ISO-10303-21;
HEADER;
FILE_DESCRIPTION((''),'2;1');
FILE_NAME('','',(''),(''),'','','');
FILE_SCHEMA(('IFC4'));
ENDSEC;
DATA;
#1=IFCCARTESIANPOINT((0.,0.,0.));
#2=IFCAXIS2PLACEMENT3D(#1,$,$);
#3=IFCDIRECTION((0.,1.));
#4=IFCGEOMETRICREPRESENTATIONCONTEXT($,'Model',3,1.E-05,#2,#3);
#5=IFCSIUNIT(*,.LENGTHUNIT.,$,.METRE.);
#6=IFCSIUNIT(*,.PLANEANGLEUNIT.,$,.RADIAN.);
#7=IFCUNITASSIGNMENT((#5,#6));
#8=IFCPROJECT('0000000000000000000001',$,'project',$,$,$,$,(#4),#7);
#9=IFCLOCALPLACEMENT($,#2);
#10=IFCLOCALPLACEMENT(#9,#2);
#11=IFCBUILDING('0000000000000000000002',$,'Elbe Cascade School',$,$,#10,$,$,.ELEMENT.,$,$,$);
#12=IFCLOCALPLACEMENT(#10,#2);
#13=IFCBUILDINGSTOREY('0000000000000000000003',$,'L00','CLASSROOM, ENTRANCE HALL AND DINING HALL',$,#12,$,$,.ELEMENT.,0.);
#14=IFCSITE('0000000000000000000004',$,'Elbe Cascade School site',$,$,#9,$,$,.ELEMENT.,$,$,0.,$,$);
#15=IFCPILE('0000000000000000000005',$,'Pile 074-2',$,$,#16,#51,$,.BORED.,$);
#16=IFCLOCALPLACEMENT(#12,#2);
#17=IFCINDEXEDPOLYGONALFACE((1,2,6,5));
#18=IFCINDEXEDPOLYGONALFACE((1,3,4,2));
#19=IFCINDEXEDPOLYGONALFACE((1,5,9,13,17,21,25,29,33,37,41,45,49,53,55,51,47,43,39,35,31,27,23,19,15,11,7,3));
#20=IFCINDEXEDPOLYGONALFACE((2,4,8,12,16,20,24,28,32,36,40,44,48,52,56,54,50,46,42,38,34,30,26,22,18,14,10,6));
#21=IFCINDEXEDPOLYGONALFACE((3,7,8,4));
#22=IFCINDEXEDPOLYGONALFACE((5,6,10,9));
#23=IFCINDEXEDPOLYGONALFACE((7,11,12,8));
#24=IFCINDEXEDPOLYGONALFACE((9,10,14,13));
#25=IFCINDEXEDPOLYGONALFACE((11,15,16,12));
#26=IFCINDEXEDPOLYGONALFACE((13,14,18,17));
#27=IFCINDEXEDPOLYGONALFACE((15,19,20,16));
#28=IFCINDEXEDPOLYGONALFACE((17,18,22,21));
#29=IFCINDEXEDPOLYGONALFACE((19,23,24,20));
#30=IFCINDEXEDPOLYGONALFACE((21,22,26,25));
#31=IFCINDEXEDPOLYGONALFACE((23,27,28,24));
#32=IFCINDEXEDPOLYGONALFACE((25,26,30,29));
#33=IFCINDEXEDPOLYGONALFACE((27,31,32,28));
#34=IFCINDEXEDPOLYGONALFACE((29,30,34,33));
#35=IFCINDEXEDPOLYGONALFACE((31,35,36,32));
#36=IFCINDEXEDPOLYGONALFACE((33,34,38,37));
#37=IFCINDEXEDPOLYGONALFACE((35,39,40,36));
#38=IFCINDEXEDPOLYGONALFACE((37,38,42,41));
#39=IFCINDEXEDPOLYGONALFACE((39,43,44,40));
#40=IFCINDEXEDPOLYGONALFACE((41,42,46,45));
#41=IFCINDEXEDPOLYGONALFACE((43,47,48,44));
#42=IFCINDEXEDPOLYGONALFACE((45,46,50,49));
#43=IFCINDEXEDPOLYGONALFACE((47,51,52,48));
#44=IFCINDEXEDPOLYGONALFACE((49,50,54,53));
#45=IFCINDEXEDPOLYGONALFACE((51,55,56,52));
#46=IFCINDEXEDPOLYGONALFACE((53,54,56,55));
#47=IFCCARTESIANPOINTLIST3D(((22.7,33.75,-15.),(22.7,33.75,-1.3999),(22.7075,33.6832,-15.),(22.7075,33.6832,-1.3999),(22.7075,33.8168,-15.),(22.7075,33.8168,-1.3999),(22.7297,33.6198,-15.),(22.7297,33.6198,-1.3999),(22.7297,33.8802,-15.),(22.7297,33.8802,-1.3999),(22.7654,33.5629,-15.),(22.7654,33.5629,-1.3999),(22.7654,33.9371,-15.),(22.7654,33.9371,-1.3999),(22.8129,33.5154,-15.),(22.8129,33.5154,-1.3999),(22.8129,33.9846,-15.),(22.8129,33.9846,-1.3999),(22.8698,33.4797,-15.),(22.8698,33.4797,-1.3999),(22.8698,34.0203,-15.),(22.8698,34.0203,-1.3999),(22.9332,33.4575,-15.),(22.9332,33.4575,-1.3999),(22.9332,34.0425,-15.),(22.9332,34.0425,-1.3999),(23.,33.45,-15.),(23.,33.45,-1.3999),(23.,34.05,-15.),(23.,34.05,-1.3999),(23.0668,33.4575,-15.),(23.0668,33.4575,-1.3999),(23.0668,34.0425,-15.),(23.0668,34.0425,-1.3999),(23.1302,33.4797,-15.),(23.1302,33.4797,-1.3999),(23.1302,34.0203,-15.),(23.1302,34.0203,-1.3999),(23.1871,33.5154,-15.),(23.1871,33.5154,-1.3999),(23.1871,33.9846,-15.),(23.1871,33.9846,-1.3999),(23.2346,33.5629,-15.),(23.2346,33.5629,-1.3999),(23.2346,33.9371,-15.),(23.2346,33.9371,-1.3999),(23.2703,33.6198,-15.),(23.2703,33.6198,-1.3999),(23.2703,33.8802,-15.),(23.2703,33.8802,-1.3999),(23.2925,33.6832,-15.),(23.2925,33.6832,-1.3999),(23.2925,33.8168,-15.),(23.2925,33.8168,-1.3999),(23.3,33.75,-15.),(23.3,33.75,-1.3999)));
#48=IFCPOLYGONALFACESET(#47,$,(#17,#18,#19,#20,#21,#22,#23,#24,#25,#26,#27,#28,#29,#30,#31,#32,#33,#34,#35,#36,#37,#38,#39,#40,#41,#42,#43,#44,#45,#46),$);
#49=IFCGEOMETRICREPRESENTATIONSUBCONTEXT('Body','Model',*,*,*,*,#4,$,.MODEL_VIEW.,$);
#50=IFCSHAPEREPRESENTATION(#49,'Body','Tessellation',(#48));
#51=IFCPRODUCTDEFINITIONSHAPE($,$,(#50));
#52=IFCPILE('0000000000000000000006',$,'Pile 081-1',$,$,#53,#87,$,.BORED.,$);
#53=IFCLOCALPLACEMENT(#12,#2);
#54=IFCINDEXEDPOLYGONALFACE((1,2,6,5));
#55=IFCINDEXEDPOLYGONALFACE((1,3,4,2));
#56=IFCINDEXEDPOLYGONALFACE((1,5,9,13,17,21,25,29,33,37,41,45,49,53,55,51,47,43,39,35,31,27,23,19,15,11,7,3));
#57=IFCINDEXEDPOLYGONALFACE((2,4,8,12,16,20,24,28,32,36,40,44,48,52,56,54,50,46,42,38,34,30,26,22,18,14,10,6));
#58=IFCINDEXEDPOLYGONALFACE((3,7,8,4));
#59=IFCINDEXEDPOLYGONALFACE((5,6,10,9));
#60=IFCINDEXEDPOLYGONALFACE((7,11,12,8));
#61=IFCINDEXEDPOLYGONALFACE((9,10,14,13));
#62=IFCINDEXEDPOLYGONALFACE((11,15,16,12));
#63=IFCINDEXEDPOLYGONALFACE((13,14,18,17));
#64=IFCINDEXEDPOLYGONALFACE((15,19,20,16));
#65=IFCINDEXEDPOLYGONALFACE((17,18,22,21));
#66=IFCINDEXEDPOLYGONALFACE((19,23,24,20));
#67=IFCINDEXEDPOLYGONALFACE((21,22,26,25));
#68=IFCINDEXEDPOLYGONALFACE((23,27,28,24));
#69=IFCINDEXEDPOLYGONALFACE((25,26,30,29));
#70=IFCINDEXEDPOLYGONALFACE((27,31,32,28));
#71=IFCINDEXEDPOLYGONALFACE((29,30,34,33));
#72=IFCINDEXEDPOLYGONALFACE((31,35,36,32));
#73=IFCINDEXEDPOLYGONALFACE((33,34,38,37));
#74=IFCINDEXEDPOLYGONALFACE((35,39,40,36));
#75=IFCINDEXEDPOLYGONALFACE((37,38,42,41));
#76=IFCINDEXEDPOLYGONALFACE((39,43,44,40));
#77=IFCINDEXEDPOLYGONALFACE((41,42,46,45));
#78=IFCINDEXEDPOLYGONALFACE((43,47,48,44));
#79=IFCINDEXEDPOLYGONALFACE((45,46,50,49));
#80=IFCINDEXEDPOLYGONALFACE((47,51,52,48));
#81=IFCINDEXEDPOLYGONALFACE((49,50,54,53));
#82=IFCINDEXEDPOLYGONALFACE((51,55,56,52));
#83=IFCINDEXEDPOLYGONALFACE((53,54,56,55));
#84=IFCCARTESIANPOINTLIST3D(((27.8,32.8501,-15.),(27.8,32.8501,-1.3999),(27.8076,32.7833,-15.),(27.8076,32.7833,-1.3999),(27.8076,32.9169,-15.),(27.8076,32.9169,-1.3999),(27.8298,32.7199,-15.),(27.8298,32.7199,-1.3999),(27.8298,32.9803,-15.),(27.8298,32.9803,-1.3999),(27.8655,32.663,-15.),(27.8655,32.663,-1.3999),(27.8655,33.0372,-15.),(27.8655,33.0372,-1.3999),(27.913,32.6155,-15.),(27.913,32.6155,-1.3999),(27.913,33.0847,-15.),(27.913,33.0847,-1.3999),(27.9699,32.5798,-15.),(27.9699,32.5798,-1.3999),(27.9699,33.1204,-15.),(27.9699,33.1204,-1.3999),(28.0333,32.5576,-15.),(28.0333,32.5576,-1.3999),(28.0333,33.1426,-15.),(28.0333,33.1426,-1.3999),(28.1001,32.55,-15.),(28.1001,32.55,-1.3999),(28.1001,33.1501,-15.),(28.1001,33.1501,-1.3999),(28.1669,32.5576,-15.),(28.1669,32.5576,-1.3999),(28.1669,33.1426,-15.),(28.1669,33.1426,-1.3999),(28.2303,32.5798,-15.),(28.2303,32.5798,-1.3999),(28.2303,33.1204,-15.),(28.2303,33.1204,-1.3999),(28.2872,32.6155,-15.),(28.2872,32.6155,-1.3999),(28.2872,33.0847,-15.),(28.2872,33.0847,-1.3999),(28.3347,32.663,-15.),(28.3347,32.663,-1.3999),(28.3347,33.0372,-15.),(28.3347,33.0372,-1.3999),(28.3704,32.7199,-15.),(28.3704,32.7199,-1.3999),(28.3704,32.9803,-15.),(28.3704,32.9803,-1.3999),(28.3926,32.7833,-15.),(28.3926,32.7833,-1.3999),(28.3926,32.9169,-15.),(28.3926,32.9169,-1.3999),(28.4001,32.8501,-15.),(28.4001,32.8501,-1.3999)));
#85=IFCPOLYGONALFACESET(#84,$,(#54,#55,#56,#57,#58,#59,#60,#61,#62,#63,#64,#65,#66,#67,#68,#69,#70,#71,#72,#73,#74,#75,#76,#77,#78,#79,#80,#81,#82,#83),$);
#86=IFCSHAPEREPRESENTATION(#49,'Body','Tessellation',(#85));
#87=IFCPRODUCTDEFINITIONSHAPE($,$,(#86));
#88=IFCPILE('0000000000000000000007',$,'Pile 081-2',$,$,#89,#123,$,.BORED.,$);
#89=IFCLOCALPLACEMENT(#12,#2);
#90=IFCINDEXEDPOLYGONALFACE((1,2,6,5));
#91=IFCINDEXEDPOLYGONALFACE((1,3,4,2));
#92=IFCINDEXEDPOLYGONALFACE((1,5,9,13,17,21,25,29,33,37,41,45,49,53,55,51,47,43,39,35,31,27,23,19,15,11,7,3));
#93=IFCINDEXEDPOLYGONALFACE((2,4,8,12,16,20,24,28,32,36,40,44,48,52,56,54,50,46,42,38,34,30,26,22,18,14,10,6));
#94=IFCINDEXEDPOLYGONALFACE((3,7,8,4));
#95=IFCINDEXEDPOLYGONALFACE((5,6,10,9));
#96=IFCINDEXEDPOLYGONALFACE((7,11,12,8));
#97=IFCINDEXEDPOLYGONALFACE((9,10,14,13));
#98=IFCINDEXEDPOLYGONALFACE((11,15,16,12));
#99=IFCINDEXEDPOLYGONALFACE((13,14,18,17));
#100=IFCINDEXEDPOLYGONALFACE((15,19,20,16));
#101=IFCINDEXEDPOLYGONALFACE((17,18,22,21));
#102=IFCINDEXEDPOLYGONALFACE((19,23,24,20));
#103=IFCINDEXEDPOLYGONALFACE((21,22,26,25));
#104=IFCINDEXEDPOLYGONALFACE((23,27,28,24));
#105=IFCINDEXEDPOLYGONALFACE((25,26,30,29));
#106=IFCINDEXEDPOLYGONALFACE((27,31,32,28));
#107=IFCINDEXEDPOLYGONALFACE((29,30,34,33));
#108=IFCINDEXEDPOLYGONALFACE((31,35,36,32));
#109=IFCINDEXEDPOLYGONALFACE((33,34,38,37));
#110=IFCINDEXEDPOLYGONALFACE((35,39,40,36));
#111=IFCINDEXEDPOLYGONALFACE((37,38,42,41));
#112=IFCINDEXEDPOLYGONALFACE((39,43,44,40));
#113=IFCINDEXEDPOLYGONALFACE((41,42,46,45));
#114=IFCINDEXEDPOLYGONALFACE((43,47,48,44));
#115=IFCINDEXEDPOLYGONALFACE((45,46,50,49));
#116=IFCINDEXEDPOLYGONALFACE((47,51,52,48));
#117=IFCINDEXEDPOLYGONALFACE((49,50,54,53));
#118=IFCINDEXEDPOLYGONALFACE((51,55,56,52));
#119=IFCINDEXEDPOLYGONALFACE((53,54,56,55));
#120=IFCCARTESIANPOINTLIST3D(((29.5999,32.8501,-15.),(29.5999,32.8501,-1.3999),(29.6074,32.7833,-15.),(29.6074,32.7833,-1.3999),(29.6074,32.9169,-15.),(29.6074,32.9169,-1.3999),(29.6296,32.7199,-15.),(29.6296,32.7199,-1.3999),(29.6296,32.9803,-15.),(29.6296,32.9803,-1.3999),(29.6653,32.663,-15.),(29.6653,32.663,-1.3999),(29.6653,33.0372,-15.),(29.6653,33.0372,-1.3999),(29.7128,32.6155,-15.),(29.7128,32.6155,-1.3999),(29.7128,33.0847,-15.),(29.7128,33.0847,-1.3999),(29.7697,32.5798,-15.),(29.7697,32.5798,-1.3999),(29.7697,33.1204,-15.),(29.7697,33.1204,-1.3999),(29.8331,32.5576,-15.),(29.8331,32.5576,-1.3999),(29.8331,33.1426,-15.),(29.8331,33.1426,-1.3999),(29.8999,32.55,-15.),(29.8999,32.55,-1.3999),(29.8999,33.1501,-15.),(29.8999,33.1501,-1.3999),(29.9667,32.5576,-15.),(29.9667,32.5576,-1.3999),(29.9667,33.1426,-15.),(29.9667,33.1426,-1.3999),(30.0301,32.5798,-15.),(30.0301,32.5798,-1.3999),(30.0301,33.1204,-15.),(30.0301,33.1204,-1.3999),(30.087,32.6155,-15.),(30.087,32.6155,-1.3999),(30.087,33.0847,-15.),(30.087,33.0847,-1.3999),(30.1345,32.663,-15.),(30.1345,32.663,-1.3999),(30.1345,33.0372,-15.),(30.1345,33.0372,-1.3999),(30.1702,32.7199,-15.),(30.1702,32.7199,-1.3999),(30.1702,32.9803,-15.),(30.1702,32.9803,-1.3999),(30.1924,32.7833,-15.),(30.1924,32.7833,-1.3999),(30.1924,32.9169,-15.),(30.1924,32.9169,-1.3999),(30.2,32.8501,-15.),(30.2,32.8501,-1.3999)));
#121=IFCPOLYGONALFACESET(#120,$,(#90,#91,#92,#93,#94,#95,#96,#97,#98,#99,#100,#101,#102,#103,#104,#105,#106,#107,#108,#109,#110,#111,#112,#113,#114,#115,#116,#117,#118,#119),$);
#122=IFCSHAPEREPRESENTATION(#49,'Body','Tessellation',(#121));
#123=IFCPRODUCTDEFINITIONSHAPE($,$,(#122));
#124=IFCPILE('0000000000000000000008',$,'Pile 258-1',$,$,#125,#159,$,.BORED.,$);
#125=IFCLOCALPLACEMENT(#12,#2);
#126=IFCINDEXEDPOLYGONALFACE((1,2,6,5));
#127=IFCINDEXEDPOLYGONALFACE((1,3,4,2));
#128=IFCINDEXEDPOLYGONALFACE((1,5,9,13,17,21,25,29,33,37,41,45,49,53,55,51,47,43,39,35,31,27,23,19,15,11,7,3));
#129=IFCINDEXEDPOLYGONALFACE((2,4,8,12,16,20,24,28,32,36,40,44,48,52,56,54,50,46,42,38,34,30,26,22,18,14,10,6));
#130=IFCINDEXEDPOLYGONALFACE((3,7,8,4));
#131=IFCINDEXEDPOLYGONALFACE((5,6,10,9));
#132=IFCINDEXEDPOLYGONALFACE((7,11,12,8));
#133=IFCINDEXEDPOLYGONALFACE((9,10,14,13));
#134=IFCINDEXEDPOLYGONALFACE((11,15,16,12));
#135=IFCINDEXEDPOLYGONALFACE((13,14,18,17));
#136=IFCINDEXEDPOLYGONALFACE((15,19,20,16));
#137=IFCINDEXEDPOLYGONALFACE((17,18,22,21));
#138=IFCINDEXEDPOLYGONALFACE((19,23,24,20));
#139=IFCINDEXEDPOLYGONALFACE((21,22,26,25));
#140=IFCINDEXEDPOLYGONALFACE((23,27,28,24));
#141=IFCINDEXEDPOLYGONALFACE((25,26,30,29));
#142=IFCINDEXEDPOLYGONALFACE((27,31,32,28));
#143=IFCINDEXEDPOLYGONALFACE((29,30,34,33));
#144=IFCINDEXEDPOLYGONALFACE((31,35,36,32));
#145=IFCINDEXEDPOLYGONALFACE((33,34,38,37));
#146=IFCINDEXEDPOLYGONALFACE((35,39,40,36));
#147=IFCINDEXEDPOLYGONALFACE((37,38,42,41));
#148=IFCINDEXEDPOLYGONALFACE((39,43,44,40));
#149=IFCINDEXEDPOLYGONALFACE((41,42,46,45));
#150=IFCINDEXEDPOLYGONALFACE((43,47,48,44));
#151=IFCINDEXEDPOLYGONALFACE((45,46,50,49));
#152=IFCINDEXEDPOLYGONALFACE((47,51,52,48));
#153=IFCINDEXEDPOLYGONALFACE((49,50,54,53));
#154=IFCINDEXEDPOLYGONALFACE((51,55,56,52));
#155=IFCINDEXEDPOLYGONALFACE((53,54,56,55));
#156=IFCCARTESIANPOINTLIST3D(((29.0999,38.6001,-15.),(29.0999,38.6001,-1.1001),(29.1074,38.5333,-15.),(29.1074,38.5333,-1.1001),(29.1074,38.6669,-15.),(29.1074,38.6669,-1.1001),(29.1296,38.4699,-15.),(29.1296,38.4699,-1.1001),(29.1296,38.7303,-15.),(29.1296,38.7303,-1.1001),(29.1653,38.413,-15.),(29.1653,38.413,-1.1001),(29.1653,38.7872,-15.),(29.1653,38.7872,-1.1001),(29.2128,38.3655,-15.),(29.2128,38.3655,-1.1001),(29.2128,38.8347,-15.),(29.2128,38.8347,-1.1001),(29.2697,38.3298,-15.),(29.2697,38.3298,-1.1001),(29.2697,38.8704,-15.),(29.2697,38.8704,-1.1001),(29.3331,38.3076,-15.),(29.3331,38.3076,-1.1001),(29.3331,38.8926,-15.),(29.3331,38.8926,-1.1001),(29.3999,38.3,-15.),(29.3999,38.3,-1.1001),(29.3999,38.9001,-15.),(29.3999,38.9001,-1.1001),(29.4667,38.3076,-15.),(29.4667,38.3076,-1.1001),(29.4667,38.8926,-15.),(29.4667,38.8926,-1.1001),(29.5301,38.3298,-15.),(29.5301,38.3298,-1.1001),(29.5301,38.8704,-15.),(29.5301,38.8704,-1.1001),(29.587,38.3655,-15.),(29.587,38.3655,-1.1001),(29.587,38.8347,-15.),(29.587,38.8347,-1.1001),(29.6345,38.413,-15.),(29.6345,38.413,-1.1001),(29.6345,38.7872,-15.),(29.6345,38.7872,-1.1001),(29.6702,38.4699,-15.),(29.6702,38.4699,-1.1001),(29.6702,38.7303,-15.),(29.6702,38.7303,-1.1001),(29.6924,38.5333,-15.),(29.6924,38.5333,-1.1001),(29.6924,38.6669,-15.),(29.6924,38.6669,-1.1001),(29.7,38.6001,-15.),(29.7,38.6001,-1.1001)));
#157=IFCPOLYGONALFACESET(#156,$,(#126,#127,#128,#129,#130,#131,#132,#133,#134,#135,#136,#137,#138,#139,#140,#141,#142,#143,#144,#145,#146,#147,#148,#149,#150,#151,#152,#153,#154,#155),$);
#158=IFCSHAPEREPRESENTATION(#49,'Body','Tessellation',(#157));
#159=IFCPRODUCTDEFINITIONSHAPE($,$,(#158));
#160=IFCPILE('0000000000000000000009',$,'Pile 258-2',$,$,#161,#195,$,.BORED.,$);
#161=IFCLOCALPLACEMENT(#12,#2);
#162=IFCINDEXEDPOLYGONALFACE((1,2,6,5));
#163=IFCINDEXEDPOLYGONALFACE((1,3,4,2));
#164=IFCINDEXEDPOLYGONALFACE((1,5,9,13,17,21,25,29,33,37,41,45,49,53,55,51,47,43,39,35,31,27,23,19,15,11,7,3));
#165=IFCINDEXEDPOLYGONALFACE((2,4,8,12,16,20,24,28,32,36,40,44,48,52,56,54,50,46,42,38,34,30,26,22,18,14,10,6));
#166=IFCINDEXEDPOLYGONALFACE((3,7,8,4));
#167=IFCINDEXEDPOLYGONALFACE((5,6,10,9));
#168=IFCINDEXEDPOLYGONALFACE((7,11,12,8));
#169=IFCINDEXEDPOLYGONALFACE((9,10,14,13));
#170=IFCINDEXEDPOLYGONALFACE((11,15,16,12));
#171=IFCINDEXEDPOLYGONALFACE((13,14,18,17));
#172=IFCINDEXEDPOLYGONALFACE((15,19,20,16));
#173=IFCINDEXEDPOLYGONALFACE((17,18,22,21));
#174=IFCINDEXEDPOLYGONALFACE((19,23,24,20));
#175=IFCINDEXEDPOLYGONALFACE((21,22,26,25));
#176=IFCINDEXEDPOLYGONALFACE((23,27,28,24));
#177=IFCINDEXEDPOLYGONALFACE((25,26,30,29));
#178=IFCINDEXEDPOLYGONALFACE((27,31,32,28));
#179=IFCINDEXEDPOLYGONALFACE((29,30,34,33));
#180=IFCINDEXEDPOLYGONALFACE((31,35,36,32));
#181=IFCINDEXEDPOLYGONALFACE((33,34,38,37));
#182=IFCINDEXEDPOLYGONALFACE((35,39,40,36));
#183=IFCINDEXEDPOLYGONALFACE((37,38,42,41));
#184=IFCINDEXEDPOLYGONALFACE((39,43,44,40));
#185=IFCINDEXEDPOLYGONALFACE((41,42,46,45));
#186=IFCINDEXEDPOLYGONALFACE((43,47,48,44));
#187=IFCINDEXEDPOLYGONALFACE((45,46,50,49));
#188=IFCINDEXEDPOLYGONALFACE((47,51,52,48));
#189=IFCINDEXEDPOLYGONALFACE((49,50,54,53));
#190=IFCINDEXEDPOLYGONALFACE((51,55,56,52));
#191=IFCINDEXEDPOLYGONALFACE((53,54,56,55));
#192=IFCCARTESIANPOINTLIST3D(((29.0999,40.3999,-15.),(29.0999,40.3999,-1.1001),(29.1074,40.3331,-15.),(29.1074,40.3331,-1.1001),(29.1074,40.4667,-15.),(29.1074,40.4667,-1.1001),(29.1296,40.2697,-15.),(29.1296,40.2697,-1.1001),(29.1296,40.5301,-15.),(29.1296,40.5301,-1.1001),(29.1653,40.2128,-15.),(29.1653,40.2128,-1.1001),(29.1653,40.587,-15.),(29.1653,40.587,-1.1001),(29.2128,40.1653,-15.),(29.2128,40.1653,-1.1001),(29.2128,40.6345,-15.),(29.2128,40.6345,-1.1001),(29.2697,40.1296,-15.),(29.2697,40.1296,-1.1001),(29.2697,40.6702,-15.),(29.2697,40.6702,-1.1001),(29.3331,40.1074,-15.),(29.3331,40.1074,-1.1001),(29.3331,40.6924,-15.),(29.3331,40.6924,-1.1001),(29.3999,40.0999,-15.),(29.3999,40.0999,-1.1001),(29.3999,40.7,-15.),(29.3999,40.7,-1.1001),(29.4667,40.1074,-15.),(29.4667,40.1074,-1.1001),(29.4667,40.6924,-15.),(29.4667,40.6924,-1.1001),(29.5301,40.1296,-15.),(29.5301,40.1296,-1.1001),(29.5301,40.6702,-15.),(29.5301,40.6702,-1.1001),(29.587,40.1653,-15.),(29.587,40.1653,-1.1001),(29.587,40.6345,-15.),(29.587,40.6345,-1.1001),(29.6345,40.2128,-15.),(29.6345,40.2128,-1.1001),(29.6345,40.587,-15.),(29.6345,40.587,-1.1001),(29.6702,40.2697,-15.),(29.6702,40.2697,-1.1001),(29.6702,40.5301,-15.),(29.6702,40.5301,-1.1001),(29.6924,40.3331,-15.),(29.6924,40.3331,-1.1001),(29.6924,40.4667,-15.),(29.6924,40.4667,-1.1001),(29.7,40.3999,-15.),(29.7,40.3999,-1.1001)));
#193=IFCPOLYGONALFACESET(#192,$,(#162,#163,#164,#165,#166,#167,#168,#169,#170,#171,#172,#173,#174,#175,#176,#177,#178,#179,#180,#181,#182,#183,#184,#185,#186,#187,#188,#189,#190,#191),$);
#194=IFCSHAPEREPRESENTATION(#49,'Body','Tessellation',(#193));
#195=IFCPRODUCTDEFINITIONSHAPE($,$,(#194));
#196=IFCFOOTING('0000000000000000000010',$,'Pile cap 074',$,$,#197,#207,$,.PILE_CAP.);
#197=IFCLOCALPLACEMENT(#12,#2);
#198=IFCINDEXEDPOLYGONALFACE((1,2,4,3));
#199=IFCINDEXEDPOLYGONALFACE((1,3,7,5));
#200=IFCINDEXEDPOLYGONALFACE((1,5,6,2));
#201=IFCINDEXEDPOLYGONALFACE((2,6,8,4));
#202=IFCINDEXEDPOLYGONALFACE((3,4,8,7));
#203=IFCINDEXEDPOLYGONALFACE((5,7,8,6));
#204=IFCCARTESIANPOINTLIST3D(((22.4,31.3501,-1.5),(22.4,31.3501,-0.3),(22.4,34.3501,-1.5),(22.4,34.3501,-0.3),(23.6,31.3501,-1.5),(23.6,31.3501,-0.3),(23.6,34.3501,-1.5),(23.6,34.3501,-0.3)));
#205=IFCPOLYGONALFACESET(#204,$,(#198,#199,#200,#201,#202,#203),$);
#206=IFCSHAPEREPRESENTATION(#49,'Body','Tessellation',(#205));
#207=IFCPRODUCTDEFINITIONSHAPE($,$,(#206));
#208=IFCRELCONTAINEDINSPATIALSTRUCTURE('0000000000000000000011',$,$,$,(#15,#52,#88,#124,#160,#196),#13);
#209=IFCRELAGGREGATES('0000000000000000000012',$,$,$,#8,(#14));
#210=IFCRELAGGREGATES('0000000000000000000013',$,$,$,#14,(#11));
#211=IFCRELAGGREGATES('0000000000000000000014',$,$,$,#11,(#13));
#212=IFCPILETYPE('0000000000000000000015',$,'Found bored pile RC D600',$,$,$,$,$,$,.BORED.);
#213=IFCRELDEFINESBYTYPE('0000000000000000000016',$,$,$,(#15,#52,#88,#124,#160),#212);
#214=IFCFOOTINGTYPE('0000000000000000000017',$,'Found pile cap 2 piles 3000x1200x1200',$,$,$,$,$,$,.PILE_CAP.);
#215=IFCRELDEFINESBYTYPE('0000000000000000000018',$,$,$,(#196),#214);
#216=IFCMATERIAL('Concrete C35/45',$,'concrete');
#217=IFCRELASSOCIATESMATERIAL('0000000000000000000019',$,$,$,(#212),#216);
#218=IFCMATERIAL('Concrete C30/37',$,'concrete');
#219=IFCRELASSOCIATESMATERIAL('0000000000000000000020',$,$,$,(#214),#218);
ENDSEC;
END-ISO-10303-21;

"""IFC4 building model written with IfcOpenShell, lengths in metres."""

from ifc_helpers import new_model, si_unit, direction, frame, origin, origin_2d, place, context, subcontext, project, spatial, rectangle, circle, extrude, material, material_profile, profile_set, type_object, element, save


model = new_model("IFC4")

# Units and contexts
model_context = context("Model", 3, precision=1e-05, world=origin(), true_north=direction((0.0, 1.0)))
body_context = subcontext(model_context, "Body", "Model", "MODEL_VIEW")
ifc_project = project(units=[si_unit("LENGTHUNIT", "METRE"), si_unit("PLANEANGLEUNIT", "RADIAN")], contexts=[model_context])

# Site, building, storey
site_placement = place(None, origin())
site = spatial("IfcSite", under=ifc_project, at=site_placement, Name="Elbe Cascade School site", CompositionType="ELEMENT", RefElevation=0.0)
building_placement = place(site_placement, origin())
building = spatial("IfcBuilding", under=site, at=building_placement, Name="Elbe Cascade School", CompositionType="ELEMENT")
storey_placement = place(building_placement, origin())
storey = spatial("IfcBuildingStorey", under=building, at=storey_placement, Name="L00", Description="CLASSROOM, ENTRANCE HALL AND DINING HALL", CompositionType="ELEMENT", Elevation=0.0)

# Piles
ifc_material_1 = material(Name="Concrete C35/45", Category="concrete")
ifc_material_profile_1 = material_profile(ifc_material_1, circle(Radius=0.3, at=origin_2d()), Name="RC D600")
ifc_profile_set_1 = profile_set([ifc_material_profile_1], Name="Concrete C35/45")
pile_type = type_object("IfcPileType", Name="Found bored pile RC D600", PredefinedType="BORED", material=ifc_profile_set_1)
for number, where, z_axis, x_axis, name in (
    (1, (23.0, 33.75, -1.3999), (0.0, 0.0, -1.0), (1.0, 0.0, 0.0), "Pile 074-2"),
    (2, (28.1001, 32.8501, -1.3999), (0.0, 0.0, -1.0), (1.0, 0.0, 0.0), "Pile 081-1"),
    (3, (29.8999, 32.8501, -1.3999), (0.0, 0.0, -1.0), (1.0, 0.0, 0.0), "Pile 081-2"),
):
    element("IfcPile", number, at=place(storey_placement, frame(where, z_axis=z_axis, x_axis=x_axis)), inside=storey, type_object=pile_type, Name=name, PredefinedType="BORED", context=body_context, shape_type="SweptSolid", body=[
        extrude(circle(Radius=0.3, at=origin_2d()), origin(), (0.0, 0.0, 1.0), 13.6001),
    ])
for number, where, z_axis, x_axis, name in (
    (4, (29.3999, 38.6001, -1.1001), (0.0, 0.0, -1.0), (1.0, 0.0, 0.0), "Pile 258-1"),
    (5, (29.3999, 40.3999, -1.1001), (0.0, 0.0, -1.0), (1.0, 0.0, 0.0), "Pile 258-2"),
):
    element("IfcPile", number, at=place(storey_placement, frame(where, z_axis=z_axis, x_axis=x_axis)), inside=storey, type_object=pile_type, Name=name, PredefinedType="BORED", context=body_context, shape_type="SweptSolid", body=[
        extrude(circle(Radius=0.3, at=origin_2d()), origin(), (0.0, 0.0, 1.0), 13.8999),
    ])

# Footing
ifc_material_2 = material(Name="Concrete C30/37", Category="concrete")
footing_type = type_object("IfcFootingType", Name="Found pile cap 2 piles 3000x1200x1200", PredefinedType="PILE_CAP", material=ifc_material_2)
footing_1_placement = place(storey_placement, frame((23.0, 32.8501, -1.5), z_axis=(0.0, 0.0, 1.0), x_axis=(1.0, 0.0, 0.0)))
element("IfcFooting", 6, at=footing_1_placement, inside=storey, type_object=footing_type, Name="Pile cap 074", PredefinedType="PILE_CAP", context=body_context, shape_type="SweptSolid", body=[
    extrude(rectangle(XDim=1.2, YDim=3.0, at=origin_2d()), origin(), (0.0, 0.0, 1.0), 1.2),
])

save(model, "model.ifc")
